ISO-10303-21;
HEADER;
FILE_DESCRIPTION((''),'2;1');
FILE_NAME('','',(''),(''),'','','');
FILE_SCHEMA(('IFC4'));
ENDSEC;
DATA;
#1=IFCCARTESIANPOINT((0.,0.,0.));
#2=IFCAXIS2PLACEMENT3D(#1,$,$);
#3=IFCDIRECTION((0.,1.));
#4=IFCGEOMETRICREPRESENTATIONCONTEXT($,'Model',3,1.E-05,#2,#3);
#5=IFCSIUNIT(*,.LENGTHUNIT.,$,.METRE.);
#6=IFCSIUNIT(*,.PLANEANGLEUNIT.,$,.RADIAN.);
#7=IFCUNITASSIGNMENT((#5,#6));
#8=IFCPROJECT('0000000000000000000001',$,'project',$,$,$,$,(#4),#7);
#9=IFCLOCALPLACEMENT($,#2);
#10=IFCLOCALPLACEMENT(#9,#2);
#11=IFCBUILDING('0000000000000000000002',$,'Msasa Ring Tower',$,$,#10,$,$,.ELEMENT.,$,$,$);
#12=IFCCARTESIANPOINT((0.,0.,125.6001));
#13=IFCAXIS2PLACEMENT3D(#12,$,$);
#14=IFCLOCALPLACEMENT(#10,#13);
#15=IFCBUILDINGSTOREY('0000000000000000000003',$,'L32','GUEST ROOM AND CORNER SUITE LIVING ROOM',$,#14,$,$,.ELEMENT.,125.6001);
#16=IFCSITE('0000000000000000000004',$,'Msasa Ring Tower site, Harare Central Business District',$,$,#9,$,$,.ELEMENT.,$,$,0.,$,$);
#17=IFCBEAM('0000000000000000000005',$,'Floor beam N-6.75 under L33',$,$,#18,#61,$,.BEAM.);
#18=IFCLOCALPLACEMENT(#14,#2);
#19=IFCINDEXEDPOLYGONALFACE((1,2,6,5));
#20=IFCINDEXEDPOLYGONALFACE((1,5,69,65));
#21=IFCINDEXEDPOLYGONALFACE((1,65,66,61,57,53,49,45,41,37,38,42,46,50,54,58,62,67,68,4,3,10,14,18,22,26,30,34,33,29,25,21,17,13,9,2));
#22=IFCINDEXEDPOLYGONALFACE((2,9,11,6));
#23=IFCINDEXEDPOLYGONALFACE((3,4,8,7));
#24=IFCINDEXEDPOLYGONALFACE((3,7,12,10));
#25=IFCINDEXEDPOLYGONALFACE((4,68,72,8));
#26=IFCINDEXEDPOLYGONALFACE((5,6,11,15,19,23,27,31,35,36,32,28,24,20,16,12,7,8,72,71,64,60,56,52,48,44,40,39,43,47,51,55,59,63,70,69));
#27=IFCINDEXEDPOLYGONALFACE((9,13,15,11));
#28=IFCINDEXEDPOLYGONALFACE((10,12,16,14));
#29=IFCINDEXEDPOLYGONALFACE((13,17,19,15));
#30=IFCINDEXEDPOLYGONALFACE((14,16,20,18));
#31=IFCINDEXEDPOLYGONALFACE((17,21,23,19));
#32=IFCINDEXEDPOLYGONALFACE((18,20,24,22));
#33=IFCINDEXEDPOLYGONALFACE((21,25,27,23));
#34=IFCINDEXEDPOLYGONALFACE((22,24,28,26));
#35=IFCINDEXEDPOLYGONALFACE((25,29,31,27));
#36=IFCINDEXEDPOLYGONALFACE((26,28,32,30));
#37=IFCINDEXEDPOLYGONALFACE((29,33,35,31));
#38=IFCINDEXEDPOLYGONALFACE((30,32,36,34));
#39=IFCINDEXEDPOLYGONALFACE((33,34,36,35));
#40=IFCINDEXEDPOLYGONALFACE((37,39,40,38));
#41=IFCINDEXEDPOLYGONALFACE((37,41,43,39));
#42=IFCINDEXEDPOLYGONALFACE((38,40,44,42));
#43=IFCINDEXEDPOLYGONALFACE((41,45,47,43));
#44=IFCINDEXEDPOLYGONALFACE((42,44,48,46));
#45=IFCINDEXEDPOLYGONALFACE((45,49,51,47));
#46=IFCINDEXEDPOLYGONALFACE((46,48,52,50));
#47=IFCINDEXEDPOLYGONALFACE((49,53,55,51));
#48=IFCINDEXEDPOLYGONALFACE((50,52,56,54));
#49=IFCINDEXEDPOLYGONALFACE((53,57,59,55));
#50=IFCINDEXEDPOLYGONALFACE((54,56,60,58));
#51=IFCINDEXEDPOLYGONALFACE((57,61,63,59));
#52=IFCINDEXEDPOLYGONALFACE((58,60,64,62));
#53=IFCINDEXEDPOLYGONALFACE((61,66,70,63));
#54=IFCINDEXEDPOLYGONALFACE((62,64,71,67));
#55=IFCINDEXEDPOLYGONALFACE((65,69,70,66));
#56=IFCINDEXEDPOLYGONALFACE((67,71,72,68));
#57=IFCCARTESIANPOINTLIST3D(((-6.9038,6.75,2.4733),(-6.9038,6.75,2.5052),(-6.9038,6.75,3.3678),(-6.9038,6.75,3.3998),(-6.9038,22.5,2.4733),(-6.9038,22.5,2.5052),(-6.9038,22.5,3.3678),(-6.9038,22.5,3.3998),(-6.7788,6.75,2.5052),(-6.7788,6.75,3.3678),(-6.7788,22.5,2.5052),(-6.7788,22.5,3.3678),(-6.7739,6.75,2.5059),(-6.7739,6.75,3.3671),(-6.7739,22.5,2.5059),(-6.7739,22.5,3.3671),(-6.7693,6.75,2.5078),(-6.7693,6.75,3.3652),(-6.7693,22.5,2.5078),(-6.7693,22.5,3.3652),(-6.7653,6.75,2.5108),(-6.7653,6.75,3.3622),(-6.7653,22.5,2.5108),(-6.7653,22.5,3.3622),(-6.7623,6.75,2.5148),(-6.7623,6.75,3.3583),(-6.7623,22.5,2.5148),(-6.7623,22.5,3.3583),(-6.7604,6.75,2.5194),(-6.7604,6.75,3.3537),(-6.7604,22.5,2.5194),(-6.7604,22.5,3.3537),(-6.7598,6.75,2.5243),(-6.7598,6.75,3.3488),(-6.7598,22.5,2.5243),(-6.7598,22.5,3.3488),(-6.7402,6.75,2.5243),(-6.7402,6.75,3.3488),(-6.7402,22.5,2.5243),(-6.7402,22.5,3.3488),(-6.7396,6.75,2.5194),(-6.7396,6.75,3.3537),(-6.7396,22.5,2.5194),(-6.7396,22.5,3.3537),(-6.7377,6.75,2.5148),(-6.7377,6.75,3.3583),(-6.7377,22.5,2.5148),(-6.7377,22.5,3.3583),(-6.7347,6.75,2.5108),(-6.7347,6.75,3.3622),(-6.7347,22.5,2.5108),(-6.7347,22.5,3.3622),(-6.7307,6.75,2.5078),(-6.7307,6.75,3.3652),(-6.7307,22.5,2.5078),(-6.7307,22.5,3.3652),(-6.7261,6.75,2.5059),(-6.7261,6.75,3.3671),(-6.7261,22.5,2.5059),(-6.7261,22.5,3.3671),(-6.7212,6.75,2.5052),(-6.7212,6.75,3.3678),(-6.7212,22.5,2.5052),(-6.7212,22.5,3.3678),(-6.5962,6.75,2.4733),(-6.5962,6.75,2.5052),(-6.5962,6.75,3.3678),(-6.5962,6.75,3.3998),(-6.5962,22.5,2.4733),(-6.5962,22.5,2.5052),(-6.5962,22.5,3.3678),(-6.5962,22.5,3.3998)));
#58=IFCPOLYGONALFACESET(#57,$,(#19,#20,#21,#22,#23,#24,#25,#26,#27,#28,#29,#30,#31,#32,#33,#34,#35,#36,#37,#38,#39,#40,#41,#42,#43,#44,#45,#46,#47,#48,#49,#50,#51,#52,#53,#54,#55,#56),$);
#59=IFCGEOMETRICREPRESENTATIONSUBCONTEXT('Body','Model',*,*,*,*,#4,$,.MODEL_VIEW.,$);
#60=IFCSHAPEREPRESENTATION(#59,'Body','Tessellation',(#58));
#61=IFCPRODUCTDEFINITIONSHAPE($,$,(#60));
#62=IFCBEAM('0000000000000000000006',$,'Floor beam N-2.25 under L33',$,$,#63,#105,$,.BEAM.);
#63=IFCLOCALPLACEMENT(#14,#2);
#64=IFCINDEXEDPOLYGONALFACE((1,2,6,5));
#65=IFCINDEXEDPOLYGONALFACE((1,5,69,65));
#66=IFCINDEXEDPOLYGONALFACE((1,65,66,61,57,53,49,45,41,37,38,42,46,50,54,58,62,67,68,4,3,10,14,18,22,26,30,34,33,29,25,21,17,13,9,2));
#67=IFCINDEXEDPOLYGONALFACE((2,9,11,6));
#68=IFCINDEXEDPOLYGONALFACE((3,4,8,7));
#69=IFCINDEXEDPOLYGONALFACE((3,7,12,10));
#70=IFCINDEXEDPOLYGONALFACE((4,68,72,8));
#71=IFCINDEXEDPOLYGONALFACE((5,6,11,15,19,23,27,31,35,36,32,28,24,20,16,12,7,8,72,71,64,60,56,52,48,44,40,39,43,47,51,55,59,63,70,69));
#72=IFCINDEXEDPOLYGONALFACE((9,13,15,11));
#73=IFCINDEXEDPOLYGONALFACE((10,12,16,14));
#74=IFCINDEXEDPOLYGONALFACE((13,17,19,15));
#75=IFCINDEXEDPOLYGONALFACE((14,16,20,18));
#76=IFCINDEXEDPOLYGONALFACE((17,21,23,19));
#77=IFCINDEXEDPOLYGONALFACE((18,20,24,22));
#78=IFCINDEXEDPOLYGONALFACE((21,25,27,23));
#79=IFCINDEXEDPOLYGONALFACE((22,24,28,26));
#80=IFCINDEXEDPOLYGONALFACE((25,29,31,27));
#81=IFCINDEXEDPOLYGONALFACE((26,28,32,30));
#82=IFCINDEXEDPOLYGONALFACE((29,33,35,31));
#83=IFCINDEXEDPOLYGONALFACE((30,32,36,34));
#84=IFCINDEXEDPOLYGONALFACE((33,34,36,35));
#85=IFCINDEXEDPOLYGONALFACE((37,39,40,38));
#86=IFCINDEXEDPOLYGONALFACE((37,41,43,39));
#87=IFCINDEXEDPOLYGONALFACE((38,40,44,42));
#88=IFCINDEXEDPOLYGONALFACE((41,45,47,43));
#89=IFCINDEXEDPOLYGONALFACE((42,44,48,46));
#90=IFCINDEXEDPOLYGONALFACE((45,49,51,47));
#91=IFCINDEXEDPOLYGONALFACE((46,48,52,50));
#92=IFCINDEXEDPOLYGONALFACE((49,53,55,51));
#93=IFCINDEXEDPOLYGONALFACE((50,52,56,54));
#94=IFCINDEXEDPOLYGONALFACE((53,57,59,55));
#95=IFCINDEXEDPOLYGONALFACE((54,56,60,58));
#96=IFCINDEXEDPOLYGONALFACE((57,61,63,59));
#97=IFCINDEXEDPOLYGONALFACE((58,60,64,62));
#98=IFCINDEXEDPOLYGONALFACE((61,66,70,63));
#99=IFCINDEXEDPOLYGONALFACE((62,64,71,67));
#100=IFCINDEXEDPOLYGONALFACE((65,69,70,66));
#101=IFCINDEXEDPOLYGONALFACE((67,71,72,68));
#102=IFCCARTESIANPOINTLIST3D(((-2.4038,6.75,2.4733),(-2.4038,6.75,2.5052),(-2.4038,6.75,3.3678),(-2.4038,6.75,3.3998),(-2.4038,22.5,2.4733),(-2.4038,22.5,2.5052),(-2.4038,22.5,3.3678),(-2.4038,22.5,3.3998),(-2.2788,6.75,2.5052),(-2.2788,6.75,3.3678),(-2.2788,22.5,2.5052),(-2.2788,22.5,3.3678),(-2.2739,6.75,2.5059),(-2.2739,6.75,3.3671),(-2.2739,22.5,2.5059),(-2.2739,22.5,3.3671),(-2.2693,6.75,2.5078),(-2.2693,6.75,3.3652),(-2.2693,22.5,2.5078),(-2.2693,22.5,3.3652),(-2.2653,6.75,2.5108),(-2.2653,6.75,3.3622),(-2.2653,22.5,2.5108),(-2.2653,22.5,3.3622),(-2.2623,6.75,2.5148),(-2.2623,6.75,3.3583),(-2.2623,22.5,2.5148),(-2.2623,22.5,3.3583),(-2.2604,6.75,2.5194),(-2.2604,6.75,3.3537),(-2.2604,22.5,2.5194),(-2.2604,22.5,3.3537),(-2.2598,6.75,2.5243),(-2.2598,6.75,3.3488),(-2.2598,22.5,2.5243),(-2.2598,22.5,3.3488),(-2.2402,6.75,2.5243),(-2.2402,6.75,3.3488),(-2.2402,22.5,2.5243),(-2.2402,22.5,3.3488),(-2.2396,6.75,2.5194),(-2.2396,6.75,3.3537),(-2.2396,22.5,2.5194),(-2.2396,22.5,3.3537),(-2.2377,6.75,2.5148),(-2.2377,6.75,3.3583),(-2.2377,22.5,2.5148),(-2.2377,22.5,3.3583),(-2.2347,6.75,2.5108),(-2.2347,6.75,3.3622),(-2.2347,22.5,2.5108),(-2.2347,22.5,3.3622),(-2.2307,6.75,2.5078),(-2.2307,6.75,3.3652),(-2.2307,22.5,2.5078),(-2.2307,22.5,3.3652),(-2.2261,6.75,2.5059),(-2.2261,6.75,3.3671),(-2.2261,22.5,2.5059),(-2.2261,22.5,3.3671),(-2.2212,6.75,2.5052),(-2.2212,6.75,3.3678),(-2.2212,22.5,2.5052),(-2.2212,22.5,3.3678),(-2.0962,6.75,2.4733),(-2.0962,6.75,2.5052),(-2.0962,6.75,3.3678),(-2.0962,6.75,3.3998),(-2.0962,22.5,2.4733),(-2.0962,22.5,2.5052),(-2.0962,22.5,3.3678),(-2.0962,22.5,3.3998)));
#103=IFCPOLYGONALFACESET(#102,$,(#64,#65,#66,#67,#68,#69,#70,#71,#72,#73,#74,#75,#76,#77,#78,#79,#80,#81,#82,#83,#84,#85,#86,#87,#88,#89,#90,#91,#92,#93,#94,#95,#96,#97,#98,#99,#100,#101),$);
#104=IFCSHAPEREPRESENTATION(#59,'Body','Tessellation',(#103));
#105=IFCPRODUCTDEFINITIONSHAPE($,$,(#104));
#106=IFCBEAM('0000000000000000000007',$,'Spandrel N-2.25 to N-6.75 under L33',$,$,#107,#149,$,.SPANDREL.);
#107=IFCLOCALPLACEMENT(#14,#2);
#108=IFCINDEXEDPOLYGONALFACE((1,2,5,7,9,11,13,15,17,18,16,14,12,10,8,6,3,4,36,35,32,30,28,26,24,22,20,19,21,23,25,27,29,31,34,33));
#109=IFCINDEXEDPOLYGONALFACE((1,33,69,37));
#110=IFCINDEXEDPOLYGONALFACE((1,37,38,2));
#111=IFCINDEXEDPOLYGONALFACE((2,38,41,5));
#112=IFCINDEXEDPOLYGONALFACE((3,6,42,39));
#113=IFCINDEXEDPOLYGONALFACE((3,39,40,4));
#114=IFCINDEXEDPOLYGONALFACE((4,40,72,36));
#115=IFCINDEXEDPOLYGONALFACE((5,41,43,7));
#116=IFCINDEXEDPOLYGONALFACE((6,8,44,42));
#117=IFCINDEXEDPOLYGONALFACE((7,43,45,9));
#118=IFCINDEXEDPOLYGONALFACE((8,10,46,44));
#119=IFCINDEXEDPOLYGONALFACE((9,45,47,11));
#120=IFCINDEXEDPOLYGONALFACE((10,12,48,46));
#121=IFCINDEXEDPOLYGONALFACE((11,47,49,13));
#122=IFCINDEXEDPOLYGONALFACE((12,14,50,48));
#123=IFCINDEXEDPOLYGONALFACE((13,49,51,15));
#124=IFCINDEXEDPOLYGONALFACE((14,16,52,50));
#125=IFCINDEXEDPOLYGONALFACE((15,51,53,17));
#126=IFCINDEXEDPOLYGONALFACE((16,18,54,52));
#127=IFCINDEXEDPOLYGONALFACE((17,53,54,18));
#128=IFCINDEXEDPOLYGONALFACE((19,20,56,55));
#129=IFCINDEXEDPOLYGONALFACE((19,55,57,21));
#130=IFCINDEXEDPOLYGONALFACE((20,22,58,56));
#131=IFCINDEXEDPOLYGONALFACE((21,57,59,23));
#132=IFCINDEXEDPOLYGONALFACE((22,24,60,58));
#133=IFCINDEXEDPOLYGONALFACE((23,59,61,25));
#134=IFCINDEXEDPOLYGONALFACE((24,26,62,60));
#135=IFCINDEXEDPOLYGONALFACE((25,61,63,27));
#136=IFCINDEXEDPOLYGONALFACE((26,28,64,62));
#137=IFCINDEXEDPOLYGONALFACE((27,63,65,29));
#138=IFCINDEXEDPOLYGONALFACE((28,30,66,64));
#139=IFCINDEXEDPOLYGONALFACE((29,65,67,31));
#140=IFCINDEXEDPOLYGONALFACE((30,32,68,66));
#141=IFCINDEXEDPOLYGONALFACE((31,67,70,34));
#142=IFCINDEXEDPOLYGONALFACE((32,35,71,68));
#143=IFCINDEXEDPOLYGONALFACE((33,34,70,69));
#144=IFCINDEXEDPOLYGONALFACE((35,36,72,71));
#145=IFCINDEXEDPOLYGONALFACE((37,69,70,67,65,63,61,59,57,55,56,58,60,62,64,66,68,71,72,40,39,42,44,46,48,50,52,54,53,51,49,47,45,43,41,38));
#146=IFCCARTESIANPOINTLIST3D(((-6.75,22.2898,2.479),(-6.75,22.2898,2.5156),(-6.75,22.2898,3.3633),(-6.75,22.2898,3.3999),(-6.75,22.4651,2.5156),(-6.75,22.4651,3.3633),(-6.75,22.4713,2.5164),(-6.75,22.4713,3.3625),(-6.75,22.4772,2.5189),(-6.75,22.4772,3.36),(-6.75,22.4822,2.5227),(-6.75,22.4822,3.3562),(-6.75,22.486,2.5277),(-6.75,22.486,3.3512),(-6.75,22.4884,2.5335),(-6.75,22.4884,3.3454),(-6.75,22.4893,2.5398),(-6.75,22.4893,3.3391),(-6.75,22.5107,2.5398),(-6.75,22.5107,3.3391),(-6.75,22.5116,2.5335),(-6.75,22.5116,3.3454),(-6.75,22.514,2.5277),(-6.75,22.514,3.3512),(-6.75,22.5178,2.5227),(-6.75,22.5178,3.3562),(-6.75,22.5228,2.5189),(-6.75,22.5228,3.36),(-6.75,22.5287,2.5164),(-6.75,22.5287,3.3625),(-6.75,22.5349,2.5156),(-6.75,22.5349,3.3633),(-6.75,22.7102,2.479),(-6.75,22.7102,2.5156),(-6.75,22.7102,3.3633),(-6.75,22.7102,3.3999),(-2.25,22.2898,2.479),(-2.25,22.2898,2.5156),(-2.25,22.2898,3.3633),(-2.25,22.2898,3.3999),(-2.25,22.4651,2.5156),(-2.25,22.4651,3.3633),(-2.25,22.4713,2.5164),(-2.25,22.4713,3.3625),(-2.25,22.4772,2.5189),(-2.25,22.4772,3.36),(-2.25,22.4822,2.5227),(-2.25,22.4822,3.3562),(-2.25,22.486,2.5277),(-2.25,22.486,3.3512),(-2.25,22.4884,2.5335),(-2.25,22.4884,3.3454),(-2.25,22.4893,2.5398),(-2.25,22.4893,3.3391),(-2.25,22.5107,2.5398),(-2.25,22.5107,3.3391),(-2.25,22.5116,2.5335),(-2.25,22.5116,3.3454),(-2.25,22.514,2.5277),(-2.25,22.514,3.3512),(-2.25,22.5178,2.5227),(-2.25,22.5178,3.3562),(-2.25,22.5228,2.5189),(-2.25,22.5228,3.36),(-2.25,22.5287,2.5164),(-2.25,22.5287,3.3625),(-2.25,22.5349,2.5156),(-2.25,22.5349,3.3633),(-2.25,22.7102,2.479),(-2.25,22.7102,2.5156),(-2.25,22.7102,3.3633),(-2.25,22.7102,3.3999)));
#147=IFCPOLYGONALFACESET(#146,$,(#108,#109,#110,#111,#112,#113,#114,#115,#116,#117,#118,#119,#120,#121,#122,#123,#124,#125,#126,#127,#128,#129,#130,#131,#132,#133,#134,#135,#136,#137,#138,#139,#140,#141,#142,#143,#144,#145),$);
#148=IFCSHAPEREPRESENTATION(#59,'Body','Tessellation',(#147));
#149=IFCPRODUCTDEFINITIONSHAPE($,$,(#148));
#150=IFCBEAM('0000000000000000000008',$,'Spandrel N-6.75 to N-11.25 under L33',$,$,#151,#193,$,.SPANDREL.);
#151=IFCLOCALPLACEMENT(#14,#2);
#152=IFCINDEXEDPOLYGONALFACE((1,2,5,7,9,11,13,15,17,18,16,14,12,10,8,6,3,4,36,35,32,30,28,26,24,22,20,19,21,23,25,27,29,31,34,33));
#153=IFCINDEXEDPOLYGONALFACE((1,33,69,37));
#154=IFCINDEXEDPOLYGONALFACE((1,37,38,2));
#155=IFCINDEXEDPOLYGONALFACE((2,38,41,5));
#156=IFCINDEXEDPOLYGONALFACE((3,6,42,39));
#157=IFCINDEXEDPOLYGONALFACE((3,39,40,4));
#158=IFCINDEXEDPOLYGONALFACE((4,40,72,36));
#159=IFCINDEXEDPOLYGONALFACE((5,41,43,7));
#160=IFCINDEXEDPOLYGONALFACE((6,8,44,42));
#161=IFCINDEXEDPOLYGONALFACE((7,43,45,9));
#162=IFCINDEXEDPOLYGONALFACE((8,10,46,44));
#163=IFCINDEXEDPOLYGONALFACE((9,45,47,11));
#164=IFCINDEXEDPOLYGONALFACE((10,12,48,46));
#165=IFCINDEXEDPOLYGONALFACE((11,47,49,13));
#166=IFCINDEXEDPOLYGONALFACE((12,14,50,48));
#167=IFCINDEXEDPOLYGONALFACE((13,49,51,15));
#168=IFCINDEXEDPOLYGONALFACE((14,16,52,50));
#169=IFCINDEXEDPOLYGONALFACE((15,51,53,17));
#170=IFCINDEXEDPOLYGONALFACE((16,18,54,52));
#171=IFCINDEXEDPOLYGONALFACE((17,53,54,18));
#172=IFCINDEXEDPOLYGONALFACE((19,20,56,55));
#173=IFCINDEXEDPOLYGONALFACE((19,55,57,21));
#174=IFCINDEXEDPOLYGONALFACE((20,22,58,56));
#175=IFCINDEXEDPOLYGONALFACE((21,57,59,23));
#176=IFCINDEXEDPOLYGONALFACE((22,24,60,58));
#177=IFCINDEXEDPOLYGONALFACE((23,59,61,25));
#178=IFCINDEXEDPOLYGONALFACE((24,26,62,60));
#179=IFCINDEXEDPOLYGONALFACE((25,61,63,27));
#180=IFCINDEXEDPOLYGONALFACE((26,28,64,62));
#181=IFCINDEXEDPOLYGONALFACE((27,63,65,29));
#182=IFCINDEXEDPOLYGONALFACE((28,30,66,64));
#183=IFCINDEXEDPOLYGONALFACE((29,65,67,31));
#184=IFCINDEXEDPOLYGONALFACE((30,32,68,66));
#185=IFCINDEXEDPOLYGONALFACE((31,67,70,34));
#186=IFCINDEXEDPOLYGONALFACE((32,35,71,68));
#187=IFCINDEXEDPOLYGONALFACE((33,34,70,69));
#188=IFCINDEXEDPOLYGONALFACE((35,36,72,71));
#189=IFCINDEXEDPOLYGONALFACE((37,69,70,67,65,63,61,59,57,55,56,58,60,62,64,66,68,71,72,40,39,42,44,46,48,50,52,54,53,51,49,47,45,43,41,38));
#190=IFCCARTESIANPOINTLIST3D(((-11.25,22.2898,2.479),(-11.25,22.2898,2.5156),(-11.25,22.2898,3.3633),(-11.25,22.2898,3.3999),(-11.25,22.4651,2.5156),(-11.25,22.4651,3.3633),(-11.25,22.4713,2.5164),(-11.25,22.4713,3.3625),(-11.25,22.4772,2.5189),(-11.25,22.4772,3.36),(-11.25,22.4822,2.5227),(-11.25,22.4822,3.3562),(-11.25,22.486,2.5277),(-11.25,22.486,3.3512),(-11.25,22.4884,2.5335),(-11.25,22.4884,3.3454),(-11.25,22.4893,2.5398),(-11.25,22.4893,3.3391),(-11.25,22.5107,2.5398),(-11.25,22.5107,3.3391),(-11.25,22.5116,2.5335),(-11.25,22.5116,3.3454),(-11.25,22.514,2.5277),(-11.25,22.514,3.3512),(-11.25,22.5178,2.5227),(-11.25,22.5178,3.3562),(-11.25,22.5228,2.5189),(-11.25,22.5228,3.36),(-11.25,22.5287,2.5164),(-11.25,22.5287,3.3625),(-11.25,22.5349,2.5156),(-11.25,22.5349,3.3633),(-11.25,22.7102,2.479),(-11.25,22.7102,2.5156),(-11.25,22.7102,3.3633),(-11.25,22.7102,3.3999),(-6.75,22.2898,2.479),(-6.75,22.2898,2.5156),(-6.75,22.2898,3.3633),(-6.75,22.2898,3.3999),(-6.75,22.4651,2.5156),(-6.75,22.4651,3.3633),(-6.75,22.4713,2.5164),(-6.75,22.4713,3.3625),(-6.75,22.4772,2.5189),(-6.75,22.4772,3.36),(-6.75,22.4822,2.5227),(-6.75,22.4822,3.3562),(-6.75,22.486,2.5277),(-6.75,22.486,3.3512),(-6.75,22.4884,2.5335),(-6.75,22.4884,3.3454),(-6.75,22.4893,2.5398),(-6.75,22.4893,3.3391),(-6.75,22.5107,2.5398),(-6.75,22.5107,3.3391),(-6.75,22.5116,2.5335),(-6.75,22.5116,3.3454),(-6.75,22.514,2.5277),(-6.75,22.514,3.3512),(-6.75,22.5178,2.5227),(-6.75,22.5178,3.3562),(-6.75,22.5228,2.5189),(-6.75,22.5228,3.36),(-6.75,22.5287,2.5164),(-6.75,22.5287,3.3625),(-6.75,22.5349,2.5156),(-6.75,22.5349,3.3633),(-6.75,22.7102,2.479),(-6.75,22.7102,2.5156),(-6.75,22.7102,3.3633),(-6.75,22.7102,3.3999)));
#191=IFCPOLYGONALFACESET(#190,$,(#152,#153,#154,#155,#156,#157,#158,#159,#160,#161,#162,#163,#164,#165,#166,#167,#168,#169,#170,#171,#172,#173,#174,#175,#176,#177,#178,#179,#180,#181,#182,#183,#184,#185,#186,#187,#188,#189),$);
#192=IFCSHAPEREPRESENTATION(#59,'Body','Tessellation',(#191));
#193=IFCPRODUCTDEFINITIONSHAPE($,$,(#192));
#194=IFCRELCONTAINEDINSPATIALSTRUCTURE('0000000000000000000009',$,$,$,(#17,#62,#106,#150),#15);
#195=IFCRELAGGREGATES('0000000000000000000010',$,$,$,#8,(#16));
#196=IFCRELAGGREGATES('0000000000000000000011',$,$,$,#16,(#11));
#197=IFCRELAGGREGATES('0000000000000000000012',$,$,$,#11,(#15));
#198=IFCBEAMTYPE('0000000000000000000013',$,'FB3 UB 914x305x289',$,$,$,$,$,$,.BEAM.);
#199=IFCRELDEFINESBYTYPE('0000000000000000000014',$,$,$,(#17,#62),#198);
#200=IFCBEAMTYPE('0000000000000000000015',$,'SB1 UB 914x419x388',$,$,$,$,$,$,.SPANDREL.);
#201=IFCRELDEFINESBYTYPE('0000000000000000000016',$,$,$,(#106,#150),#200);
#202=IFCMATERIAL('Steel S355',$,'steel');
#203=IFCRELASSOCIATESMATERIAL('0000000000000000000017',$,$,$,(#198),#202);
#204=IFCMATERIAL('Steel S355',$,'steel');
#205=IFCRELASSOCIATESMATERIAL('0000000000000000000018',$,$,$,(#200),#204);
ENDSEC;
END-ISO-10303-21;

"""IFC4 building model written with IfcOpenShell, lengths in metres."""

from ifc_helpers import new_model, si_unit, direction, frame, origin, origin_2d, place, context, subcontext, project, spatial, i_section, extrude, material, material_profile, profile_set, type_object, element, save


model = new_model("IFC4")

# Units and contexts
model_context = context("Model", 3, precision=1e-05, world=origin(), true_north=direction((0.0, 1.0)))
body_context = subcontext(model_context, "Body", "Model", "MODEL_VIEW")
ifc_project = project(units=[si_unit("LENGTHUNIT", "METRE"), si_unit("PLANEANGLEUNIT", "RADIAN")], contexts=[model_context])

# Site, building, storey
site_placement = place(None, origin())
site = spatial("IfcSite", under=ifc_project, at=site_placement, Name="Msasa Ring Tower site, Harare Central Business District", CompositionType="ELEMENT", RefElevation=0.0)
building_placement = place(site_placement, origin())
building = spatial("IfcBuilding", under=site, at=building_placement, Name="Msasa Ring Tower", CompositionType="ELEMENT")
storey_placement = place(building_placement, frame((0.0, 0.0, 125.6001)))
storey = spatial("IfcBuildingStorey", under=building, at=storey_placement, Name="L32", Description="GUEST ROOM AND CORNER SUITE LIVING ROOM", CompositionType="ELEMENT", Elevation=125.6001)

# Beams
ifc_material_1 = material(Name="Steel S355", Category="steel")
ifc_material_profile_1 = material_profile(ifc_material_1, i_section(OverallWidth=0.3076, OverallDepth=0.9265, WebThickness=0.0195, FlangeThickness=0.032, FilletRadius=0.019, at=origin_2d()), Name="UB 914x305x289")
ifc_profile_set_1 = profile_set([ifc_material_profile_1], Name="Steel S355")
beam_type_1 = type_object("IfcBeamType", Name="FB3 UB 914x305x289", PredefinedType="BEAM", material=ifc_profile_set_1)
for number, where, z_axis, x_axis, name in (
    (1, (-6.75, 22.5, 2.9365), (0.0, -1.0, 0.0), (1.0, 0.0, 0.0), "Floor beam N-6.75 under L33"),
    (2, (-2.25, 22.5, 2.9365), (0.0, -1.0, 0.0), (1.0, 0.0, 0.0), "Floor beam N-2.25 under L33"),
):
    element("IfcBeam", number, at=place(storey_placement, frame(where, z_axis=z_axis, x_axis=x_axis)), inside=storey, type_object=beam_type_1, Name=name, PredefinedType="BEAM", context=body_context, shape_type="SweptSolid", body=[
        extrude(i_section(OverallWidth=0.3076, OverallDepth=0.9265, WebThickness=0.0195, FlangeThickness=0.032, FilletRadius=0.019, at=origin_2d()), origin(), (0.0, 0.0, 1.0), 15.75),
    ])
ifc_material_2 = material(Name="Steel S355", Category="steel")
ifc_material_profile_2 = material_profile(ifc_material_2, i_section(OverallWidth=0.4204, OverallDepth=0.9209, WebThickness=0.0215, FlangeThickness=0.0366, FilletRadius=0.0242, at=origin_2d()), Name="UB 914x419x388")
ifc_profile_set_2 = profile_set([ifc_material_profile_2], Name="Steel S355")
beam_type_2 = type_object("IfcBeamType", Name="SB1 UB 914x419x388", PredefinedType="SPANDREL", material=ifc_profile_set_2)
for number, where, z_axis, x_axis, name in (
    (3, (-2.25, 22.5, 2.9395), (-1.0, 0.0, 0.0), (0.0, -1.0, 0.0), "Spandrel N-2.25 to N-6.75 under L33"),
    (4, (-6.75, 22.5, 2.9395), (-1.0, 0.0, 0.0), (0.0, -1.0, 0.0), "Spandrel N-6.75 to N-11.25 under L33"),
):
    element("IfcBeam", number, at=place(storey_placement, frame(where, z_axis=z_axis, x_axis=x_axis)), inside=storey, type_object=beam_type_2, Name=name, PredefinedType="SPANDREL", context=body_context, shape_type="SweptSolid", body=[
        extrude(i_section(OverallWidth=0.4204, OverallDepth=0.9209, WebThickness=0.0215, FlangeThickness=0.0366, FilletRadius=0.0242, at=origin_2d()), origin(), (0.0, 0.0, 1.0), 4.5),
    ])

save(model, "model.ifc")
